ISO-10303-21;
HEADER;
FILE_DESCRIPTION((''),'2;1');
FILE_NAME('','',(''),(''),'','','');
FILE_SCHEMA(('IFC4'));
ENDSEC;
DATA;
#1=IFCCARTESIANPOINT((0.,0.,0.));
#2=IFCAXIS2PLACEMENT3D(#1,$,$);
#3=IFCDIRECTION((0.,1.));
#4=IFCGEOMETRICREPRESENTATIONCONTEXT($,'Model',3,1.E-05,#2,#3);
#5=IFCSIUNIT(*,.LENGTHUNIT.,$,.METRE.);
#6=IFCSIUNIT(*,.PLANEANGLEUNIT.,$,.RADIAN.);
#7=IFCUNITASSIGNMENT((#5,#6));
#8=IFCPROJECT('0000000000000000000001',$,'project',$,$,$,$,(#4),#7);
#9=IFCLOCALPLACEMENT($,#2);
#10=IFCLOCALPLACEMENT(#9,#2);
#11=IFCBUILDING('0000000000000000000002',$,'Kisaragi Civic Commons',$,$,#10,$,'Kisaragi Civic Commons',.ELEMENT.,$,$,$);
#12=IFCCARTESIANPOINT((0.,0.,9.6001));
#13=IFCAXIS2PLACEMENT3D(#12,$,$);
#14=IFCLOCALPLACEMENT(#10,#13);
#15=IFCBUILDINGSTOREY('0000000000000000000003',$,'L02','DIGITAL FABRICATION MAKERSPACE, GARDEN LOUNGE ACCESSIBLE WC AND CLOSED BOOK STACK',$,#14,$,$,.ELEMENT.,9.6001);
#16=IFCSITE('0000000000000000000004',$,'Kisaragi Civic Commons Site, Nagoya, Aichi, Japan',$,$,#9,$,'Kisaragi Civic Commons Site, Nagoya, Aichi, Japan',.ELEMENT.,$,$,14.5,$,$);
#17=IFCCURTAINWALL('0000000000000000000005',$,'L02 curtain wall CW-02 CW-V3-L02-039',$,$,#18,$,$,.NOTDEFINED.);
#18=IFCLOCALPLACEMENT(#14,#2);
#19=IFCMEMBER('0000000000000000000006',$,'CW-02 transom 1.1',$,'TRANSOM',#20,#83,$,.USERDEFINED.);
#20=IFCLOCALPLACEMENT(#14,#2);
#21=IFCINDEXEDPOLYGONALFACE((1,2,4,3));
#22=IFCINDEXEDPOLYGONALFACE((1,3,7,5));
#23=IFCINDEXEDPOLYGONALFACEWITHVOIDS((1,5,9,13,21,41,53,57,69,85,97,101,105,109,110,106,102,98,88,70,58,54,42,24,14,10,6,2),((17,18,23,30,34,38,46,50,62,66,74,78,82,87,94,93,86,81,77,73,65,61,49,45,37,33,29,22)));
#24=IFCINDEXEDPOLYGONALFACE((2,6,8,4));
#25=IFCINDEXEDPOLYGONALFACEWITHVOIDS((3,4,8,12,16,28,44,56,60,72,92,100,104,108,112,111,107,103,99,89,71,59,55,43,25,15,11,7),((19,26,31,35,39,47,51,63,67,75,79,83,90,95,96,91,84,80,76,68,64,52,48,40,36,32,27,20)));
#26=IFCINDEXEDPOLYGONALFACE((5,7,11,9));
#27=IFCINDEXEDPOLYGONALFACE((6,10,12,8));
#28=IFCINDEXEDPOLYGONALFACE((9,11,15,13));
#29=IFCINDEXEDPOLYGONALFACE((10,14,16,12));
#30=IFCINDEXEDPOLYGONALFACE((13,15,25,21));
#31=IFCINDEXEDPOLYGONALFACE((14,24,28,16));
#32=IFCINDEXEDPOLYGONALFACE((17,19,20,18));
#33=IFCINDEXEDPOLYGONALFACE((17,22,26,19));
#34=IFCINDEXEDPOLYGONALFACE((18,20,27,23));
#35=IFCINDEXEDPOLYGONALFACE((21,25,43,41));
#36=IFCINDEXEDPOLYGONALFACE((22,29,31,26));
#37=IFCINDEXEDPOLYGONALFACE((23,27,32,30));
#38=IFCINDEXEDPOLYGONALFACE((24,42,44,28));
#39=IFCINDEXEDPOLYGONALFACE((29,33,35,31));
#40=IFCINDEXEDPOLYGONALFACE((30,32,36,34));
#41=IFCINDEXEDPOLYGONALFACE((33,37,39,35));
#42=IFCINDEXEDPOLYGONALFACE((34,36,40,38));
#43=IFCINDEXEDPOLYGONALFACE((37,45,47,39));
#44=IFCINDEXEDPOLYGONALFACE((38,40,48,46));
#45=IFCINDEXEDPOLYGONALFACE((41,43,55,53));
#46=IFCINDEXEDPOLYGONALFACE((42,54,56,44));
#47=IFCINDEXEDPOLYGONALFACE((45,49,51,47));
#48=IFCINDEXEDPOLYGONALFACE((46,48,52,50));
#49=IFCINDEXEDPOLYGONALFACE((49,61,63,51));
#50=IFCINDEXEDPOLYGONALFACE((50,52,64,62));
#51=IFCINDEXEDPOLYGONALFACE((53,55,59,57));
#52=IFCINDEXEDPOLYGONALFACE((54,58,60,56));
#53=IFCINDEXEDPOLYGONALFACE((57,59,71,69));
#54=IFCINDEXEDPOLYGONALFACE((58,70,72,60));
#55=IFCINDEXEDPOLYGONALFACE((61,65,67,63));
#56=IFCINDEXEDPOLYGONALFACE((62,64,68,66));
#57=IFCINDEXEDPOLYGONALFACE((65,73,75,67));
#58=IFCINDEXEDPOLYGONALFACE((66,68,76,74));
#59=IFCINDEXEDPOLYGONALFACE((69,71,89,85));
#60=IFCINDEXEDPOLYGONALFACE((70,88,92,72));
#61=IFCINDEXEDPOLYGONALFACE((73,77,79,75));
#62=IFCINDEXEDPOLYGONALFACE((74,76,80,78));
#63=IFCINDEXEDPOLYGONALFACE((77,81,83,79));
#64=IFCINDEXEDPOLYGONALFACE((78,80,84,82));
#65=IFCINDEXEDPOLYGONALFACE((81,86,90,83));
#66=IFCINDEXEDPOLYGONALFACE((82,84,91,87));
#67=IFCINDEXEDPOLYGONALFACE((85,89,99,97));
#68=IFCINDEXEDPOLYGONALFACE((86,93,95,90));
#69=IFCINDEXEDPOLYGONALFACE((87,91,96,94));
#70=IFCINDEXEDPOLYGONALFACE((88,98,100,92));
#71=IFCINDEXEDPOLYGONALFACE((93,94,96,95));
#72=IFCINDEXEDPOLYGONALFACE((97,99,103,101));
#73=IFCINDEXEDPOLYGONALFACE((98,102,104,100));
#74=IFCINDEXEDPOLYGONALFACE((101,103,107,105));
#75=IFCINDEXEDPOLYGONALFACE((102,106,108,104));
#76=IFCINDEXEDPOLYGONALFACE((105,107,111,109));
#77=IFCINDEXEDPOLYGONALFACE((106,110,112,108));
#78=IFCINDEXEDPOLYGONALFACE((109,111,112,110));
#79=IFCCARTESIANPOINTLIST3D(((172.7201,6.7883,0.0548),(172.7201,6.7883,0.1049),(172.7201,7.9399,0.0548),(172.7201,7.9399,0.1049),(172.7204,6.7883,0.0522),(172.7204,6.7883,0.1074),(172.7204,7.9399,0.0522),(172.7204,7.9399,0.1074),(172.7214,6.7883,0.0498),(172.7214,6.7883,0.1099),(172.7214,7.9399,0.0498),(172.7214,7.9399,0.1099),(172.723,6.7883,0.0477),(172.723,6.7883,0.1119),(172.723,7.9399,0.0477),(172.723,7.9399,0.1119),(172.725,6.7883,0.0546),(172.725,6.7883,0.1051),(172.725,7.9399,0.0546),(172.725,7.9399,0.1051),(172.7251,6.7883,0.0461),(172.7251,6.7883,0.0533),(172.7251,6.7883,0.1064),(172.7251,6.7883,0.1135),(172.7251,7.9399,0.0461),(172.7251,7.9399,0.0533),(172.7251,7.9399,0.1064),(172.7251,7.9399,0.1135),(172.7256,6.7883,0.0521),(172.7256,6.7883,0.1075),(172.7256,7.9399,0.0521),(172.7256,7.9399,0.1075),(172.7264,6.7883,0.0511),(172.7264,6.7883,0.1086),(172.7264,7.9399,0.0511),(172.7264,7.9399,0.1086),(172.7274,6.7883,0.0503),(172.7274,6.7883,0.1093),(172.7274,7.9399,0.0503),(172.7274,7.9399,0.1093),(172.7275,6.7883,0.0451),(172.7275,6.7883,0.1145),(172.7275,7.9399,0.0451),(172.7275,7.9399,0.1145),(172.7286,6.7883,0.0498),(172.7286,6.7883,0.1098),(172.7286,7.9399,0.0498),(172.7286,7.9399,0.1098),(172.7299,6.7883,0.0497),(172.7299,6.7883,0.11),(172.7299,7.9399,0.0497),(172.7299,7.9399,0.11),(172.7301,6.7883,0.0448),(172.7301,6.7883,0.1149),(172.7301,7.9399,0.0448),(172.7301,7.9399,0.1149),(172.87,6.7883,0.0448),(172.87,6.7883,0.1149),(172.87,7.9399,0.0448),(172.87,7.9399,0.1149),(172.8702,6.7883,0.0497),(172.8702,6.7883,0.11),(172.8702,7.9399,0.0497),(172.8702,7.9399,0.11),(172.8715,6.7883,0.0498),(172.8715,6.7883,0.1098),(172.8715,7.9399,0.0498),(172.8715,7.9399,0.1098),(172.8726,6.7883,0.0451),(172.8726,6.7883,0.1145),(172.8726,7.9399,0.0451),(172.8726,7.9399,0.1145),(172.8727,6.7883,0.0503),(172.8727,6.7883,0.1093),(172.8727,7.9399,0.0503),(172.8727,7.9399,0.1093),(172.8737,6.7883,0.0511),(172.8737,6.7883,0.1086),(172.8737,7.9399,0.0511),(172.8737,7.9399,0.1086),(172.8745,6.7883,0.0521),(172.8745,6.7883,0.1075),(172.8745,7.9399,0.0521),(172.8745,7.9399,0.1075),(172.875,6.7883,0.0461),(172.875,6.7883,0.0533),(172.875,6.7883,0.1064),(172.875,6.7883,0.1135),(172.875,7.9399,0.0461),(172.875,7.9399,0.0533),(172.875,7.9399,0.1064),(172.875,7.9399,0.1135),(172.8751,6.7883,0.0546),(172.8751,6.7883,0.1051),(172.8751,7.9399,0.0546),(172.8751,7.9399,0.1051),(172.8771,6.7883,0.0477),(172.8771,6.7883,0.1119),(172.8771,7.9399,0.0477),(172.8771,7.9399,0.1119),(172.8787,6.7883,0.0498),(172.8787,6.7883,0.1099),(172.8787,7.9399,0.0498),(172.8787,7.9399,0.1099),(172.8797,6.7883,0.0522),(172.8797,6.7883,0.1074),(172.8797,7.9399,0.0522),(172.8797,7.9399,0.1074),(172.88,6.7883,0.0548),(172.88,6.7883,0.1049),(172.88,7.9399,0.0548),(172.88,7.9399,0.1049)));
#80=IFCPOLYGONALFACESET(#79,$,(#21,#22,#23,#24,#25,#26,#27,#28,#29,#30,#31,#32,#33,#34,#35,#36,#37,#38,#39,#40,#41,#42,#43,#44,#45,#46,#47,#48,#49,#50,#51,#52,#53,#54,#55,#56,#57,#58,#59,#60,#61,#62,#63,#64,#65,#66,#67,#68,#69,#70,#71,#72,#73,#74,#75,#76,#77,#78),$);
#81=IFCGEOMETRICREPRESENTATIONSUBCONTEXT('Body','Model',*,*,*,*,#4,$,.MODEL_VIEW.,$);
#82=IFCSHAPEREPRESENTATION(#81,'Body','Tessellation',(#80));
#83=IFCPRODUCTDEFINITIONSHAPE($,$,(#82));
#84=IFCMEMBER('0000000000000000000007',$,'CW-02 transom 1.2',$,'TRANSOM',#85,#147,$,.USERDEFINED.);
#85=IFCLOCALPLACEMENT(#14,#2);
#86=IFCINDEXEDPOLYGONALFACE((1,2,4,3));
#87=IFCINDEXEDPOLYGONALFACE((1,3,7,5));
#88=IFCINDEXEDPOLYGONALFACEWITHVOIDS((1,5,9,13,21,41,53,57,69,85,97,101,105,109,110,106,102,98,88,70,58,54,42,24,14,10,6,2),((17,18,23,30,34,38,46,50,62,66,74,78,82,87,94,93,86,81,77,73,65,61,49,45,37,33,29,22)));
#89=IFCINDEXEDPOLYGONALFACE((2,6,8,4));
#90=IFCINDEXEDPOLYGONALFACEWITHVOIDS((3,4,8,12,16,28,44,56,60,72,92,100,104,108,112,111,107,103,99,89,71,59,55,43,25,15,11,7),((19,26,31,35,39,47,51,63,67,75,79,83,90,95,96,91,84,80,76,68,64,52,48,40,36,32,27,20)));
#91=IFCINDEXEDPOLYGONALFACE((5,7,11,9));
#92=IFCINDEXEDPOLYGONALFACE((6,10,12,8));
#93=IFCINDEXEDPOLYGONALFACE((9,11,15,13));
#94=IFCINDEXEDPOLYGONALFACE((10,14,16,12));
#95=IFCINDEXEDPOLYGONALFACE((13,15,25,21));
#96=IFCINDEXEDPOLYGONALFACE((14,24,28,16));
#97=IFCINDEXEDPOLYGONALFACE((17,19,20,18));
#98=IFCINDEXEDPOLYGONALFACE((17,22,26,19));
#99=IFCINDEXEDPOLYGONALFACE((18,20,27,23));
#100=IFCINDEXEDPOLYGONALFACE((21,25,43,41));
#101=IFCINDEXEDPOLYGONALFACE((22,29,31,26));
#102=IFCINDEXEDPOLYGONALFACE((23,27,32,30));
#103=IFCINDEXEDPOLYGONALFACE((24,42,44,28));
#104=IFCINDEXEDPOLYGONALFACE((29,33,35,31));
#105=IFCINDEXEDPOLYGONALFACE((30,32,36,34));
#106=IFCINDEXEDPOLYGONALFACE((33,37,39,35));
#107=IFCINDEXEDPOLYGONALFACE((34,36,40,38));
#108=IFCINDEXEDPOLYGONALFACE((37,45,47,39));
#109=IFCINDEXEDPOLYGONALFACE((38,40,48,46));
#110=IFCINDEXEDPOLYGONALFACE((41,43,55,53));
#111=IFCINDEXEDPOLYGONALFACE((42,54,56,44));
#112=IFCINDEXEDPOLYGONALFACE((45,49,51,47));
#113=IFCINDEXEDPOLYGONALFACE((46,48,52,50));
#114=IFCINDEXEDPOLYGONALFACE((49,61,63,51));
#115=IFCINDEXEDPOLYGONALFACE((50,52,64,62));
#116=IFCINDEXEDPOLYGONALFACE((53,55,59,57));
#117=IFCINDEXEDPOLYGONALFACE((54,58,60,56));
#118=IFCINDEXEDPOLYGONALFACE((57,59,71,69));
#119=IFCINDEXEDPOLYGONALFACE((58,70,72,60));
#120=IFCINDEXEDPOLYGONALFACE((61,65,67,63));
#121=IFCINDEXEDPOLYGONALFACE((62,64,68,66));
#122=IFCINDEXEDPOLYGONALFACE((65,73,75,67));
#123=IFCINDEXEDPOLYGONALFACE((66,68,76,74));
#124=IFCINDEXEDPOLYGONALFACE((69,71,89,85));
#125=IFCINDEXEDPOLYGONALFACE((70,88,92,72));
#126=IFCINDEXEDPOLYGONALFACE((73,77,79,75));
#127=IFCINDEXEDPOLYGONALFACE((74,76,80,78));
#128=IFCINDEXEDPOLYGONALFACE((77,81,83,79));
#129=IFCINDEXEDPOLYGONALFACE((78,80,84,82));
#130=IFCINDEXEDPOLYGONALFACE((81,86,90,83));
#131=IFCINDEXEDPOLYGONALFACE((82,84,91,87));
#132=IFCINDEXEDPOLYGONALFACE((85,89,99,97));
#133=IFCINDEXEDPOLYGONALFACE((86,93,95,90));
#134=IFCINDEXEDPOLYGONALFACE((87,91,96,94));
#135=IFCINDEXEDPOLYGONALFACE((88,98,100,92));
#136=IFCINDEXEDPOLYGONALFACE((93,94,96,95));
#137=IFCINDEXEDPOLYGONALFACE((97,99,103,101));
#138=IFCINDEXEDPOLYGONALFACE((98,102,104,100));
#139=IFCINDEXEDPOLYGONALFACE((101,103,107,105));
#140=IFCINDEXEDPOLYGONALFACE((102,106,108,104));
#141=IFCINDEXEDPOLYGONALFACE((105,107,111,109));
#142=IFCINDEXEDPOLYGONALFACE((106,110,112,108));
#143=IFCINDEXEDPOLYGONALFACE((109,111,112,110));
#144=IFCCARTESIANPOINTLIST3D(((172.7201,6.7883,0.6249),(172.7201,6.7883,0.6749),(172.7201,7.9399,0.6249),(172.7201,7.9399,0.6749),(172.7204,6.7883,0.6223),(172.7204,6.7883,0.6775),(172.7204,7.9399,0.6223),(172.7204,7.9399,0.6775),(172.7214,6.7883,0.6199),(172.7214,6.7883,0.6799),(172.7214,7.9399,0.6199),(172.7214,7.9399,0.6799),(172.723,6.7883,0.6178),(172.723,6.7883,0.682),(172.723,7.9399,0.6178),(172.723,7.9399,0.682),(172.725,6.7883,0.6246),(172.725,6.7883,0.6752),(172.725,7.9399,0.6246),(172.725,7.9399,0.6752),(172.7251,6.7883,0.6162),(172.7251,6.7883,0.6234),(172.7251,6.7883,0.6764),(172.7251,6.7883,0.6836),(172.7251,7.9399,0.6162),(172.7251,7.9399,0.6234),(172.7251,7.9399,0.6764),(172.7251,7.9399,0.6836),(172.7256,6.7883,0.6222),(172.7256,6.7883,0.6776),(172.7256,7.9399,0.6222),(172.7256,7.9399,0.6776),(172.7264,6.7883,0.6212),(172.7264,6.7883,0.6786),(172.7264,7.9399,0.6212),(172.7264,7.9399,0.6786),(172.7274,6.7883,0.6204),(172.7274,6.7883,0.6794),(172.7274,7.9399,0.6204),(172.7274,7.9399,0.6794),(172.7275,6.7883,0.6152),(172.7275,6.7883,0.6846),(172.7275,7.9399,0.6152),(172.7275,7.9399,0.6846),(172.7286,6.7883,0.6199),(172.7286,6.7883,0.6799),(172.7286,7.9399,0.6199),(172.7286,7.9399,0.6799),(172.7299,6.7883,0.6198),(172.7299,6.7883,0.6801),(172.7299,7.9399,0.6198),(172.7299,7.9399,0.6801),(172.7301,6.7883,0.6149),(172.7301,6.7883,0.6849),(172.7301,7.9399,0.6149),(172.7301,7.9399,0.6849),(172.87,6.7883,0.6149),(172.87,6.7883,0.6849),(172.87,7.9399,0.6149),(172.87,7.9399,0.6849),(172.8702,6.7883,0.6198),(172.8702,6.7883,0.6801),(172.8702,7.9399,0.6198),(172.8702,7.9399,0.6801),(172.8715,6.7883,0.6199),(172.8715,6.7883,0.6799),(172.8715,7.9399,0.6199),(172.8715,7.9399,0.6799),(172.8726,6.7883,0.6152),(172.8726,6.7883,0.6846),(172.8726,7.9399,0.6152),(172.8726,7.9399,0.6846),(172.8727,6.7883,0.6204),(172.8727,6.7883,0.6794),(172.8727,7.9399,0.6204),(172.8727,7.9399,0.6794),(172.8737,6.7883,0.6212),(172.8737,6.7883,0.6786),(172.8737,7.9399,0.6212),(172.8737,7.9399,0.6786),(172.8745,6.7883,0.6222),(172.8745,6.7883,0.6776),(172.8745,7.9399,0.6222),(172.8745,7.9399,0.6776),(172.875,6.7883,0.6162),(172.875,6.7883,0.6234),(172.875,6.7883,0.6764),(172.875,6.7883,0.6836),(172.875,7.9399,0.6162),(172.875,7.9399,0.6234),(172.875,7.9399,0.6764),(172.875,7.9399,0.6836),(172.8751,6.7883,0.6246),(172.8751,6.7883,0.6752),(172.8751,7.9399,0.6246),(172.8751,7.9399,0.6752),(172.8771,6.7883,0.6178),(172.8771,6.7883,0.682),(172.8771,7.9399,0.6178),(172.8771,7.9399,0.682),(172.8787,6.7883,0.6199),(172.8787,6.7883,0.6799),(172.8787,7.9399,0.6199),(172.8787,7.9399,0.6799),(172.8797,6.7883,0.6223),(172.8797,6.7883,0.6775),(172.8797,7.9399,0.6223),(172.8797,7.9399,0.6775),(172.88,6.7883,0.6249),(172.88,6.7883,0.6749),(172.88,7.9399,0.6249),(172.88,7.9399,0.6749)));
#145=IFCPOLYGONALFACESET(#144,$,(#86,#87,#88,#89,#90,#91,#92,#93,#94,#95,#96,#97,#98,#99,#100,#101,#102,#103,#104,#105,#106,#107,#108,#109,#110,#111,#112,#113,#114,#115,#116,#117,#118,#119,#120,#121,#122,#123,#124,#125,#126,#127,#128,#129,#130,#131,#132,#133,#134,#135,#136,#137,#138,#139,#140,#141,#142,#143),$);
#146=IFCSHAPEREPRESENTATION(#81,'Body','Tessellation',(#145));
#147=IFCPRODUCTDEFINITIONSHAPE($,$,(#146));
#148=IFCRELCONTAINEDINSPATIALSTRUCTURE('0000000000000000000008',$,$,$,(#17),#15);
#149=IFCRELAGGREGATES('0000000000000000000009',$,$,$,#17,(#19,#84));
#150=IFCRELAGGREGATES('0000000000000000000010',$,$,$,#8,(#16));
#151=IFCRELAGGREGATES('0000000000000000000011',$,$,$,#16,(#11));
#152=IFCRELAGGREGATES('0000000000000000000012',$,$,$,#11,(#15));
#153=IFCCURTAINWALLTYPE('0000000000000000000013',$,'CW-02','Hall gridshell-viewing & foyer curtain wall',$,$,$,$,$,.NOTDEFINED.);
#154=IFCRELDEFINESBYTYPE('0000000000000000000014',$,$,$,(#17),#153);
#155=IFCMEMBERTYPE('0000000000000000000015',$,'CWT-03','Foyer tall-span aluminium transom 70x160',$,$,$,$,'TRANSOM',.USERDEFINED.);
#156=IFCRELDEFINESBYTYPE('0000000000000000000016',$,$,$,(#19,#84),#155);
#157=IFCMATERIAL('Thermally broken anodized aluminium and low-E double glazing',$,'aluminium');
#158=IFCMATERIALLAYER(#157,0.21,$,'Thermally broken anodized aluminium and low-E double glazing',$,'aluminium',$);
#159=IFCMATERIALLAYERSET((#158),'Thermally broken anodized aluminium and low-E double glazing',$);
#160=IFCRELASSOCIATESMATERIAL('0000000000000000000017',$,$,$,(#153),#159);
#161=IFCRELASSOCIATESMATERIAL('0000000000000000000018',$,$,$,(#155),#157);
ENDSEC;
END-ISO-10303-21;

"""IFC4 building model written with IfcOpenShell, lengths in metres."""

from ifc_helpers import new_model, si_unit, direction, frame, origin, origin_2d, place, context, subcontext, project, spatial, hollow_rectangle, extrude, material, layer, layer_set, material_profile, profile_set, type_object, element, aggregate, save


model = new_model("IFC4")

# Units and contexts
model_context = context("Model", 3, precision=1e-05, world=origin(), true_north=direction((0.0, 1.0)))
body_context = subcontext(model_context, "Body", "Model", "MODEL_VIEW")
ifc_project = project(units=[si_unit("LENGTHUNIT", "METRE"), si_unit("PLANEANGLEUNIT", "RADIAN")], contexts=[model_context])

# Site, building, storey
site_placement = place(None, origin())
site = spatial("IfcSite", under=ifc_project, at=site_placement, Name="Kisaragi Civic Commons Site, Nagoya, Aichi, Japan", LongName="Kisaragi Civic Commons Site, Nagoya, Aichi, Japan", CompositionType="ELEMENT", RefElevation=14.5)
building_placement = place(site_placement, origin())
building = spatial("IfcBuilding", under=site, at=building_placement, Name="Kisaragi Civic Commons", LongName="Kisaragi Civic Commons", CompositionType="ELEMENT")
storey_placement = place(building_placement, frame((0.0, 0.0, 9.6001)))
storey = spatial("IfcBuildingStorey", under=building, at=storey_placement, Name="L02", Description="DIGITAL FABRICATION MAKERSPACE, GARDEN LOUNGE ACCESSIBLE WC AND CLOSED BOOK STACK", CompositionType="ELEMENT", Elevation=9.6001)

# Curtain wall
ifc_material_1 = material(Name="Thermally broken anodized aluminium and low-E double glazing", Category="aluminium")
ifc_layer_1 = layer(ifc_material_1, 0.21, Name="Thermally broken anodized aluminium and low-E double glazing", Category="aluminium")
ifc_layer_set_1 = layer_set([ifc_layer_1], Name="Thermally broken anodized aluminium and low-E double glazing")
curtain_wall_type = type_object("IfcCurtainWallType", Name="CW-02", Description="Hall gridshell-viewing & foyer curtain wall", PredefinedType="NOTDEFINED", material=ifc_layer_set_1)
curtain_wall_1_placement = place(storey_placement, origin())
curtain_wall_1 = element("IfcCurtainWall", 1, at=curtain_wall_1_placement, inside=storey, type_object=curtain_wall_type, Name="L02 curtain wall CW-02 CW-V3-L02-039", PredefinedType="NOTDEFINED")

# Members
ifc_material_profile_1 = material_profile(ifc_material_1, hollow_rectangle(XDim=0.1599, YDim=0.0701, WallThickness=0.0049, InnerFilletRadius=0.0049, OuterFilletRadius=0.01, at=origin_2d()), Name="CWT-70x160x5", Category="aluminium")
ifc_profile_set_1 = profile_set([ifc_material_profile_1], Name="Thermally broken anodized aluminium and low-E double glazing")
member_type_1 = type_object("IfcMemberType", Name="CWT-03", Description="Foyer tall-span aluminium transom 70x160", ElementType="TRANSOM", PredefinedType="USERDEFINED", material=ifc_profile_set_1)
member_1_placement = place(storey_placement, frame((172.8, 7.9399, 0.0798), z_axis=(0.0, -1.0, 0.0), x_axis=(1.0, 0.0, 0.0)))
member_1 = element("IfcMember", 2, at=member_1_placement, type_object=member_type_1, Name="CW-02 transom 1.1", ObjectType="TRANSOM", PredefinedType="USERDEFINED", context=body_context, shape_type="SweptSolid", body=[
    extrude(hollow_rectangle(XDim=0.1599, YDim=0.0701, WallThickness=0.0049, InnerFilletRadius=0.0049, OuterFilletRadius=0.01, at=origin_2d()), origin(), (0.0, 0.0, 1.0), 1.1516),
])
member_2_placement = place(storey_placement, frame((172.8, 7.9399, 0.6499), z_axis=(0.0, -1.0, 0.0), x_axis=(1.0, 0.0, 0.0)))
member_2 = element("IfcMember", 3, at=member_2_placement, type_object=member_type_1, Name="CW-02 transom 1.2", ObjectType="TRANSOM", PredefinedType="USERDEFINED", context=body_context, shape_type="SweptSolid", body=[
    extrude(hollow_rectangle(XDim=0.1599, YDim=0.0701, WallThickness=0.0049, InnerFilletRadius=0.0049, OuterFilletRadius=0.01, at=origin_2d()), origin(), (0.0, 0.0, 1.0), 1.1516),
])

aggregate(curtain_wall_1, [member_1, member_2])

save(model, "model.ifc")
